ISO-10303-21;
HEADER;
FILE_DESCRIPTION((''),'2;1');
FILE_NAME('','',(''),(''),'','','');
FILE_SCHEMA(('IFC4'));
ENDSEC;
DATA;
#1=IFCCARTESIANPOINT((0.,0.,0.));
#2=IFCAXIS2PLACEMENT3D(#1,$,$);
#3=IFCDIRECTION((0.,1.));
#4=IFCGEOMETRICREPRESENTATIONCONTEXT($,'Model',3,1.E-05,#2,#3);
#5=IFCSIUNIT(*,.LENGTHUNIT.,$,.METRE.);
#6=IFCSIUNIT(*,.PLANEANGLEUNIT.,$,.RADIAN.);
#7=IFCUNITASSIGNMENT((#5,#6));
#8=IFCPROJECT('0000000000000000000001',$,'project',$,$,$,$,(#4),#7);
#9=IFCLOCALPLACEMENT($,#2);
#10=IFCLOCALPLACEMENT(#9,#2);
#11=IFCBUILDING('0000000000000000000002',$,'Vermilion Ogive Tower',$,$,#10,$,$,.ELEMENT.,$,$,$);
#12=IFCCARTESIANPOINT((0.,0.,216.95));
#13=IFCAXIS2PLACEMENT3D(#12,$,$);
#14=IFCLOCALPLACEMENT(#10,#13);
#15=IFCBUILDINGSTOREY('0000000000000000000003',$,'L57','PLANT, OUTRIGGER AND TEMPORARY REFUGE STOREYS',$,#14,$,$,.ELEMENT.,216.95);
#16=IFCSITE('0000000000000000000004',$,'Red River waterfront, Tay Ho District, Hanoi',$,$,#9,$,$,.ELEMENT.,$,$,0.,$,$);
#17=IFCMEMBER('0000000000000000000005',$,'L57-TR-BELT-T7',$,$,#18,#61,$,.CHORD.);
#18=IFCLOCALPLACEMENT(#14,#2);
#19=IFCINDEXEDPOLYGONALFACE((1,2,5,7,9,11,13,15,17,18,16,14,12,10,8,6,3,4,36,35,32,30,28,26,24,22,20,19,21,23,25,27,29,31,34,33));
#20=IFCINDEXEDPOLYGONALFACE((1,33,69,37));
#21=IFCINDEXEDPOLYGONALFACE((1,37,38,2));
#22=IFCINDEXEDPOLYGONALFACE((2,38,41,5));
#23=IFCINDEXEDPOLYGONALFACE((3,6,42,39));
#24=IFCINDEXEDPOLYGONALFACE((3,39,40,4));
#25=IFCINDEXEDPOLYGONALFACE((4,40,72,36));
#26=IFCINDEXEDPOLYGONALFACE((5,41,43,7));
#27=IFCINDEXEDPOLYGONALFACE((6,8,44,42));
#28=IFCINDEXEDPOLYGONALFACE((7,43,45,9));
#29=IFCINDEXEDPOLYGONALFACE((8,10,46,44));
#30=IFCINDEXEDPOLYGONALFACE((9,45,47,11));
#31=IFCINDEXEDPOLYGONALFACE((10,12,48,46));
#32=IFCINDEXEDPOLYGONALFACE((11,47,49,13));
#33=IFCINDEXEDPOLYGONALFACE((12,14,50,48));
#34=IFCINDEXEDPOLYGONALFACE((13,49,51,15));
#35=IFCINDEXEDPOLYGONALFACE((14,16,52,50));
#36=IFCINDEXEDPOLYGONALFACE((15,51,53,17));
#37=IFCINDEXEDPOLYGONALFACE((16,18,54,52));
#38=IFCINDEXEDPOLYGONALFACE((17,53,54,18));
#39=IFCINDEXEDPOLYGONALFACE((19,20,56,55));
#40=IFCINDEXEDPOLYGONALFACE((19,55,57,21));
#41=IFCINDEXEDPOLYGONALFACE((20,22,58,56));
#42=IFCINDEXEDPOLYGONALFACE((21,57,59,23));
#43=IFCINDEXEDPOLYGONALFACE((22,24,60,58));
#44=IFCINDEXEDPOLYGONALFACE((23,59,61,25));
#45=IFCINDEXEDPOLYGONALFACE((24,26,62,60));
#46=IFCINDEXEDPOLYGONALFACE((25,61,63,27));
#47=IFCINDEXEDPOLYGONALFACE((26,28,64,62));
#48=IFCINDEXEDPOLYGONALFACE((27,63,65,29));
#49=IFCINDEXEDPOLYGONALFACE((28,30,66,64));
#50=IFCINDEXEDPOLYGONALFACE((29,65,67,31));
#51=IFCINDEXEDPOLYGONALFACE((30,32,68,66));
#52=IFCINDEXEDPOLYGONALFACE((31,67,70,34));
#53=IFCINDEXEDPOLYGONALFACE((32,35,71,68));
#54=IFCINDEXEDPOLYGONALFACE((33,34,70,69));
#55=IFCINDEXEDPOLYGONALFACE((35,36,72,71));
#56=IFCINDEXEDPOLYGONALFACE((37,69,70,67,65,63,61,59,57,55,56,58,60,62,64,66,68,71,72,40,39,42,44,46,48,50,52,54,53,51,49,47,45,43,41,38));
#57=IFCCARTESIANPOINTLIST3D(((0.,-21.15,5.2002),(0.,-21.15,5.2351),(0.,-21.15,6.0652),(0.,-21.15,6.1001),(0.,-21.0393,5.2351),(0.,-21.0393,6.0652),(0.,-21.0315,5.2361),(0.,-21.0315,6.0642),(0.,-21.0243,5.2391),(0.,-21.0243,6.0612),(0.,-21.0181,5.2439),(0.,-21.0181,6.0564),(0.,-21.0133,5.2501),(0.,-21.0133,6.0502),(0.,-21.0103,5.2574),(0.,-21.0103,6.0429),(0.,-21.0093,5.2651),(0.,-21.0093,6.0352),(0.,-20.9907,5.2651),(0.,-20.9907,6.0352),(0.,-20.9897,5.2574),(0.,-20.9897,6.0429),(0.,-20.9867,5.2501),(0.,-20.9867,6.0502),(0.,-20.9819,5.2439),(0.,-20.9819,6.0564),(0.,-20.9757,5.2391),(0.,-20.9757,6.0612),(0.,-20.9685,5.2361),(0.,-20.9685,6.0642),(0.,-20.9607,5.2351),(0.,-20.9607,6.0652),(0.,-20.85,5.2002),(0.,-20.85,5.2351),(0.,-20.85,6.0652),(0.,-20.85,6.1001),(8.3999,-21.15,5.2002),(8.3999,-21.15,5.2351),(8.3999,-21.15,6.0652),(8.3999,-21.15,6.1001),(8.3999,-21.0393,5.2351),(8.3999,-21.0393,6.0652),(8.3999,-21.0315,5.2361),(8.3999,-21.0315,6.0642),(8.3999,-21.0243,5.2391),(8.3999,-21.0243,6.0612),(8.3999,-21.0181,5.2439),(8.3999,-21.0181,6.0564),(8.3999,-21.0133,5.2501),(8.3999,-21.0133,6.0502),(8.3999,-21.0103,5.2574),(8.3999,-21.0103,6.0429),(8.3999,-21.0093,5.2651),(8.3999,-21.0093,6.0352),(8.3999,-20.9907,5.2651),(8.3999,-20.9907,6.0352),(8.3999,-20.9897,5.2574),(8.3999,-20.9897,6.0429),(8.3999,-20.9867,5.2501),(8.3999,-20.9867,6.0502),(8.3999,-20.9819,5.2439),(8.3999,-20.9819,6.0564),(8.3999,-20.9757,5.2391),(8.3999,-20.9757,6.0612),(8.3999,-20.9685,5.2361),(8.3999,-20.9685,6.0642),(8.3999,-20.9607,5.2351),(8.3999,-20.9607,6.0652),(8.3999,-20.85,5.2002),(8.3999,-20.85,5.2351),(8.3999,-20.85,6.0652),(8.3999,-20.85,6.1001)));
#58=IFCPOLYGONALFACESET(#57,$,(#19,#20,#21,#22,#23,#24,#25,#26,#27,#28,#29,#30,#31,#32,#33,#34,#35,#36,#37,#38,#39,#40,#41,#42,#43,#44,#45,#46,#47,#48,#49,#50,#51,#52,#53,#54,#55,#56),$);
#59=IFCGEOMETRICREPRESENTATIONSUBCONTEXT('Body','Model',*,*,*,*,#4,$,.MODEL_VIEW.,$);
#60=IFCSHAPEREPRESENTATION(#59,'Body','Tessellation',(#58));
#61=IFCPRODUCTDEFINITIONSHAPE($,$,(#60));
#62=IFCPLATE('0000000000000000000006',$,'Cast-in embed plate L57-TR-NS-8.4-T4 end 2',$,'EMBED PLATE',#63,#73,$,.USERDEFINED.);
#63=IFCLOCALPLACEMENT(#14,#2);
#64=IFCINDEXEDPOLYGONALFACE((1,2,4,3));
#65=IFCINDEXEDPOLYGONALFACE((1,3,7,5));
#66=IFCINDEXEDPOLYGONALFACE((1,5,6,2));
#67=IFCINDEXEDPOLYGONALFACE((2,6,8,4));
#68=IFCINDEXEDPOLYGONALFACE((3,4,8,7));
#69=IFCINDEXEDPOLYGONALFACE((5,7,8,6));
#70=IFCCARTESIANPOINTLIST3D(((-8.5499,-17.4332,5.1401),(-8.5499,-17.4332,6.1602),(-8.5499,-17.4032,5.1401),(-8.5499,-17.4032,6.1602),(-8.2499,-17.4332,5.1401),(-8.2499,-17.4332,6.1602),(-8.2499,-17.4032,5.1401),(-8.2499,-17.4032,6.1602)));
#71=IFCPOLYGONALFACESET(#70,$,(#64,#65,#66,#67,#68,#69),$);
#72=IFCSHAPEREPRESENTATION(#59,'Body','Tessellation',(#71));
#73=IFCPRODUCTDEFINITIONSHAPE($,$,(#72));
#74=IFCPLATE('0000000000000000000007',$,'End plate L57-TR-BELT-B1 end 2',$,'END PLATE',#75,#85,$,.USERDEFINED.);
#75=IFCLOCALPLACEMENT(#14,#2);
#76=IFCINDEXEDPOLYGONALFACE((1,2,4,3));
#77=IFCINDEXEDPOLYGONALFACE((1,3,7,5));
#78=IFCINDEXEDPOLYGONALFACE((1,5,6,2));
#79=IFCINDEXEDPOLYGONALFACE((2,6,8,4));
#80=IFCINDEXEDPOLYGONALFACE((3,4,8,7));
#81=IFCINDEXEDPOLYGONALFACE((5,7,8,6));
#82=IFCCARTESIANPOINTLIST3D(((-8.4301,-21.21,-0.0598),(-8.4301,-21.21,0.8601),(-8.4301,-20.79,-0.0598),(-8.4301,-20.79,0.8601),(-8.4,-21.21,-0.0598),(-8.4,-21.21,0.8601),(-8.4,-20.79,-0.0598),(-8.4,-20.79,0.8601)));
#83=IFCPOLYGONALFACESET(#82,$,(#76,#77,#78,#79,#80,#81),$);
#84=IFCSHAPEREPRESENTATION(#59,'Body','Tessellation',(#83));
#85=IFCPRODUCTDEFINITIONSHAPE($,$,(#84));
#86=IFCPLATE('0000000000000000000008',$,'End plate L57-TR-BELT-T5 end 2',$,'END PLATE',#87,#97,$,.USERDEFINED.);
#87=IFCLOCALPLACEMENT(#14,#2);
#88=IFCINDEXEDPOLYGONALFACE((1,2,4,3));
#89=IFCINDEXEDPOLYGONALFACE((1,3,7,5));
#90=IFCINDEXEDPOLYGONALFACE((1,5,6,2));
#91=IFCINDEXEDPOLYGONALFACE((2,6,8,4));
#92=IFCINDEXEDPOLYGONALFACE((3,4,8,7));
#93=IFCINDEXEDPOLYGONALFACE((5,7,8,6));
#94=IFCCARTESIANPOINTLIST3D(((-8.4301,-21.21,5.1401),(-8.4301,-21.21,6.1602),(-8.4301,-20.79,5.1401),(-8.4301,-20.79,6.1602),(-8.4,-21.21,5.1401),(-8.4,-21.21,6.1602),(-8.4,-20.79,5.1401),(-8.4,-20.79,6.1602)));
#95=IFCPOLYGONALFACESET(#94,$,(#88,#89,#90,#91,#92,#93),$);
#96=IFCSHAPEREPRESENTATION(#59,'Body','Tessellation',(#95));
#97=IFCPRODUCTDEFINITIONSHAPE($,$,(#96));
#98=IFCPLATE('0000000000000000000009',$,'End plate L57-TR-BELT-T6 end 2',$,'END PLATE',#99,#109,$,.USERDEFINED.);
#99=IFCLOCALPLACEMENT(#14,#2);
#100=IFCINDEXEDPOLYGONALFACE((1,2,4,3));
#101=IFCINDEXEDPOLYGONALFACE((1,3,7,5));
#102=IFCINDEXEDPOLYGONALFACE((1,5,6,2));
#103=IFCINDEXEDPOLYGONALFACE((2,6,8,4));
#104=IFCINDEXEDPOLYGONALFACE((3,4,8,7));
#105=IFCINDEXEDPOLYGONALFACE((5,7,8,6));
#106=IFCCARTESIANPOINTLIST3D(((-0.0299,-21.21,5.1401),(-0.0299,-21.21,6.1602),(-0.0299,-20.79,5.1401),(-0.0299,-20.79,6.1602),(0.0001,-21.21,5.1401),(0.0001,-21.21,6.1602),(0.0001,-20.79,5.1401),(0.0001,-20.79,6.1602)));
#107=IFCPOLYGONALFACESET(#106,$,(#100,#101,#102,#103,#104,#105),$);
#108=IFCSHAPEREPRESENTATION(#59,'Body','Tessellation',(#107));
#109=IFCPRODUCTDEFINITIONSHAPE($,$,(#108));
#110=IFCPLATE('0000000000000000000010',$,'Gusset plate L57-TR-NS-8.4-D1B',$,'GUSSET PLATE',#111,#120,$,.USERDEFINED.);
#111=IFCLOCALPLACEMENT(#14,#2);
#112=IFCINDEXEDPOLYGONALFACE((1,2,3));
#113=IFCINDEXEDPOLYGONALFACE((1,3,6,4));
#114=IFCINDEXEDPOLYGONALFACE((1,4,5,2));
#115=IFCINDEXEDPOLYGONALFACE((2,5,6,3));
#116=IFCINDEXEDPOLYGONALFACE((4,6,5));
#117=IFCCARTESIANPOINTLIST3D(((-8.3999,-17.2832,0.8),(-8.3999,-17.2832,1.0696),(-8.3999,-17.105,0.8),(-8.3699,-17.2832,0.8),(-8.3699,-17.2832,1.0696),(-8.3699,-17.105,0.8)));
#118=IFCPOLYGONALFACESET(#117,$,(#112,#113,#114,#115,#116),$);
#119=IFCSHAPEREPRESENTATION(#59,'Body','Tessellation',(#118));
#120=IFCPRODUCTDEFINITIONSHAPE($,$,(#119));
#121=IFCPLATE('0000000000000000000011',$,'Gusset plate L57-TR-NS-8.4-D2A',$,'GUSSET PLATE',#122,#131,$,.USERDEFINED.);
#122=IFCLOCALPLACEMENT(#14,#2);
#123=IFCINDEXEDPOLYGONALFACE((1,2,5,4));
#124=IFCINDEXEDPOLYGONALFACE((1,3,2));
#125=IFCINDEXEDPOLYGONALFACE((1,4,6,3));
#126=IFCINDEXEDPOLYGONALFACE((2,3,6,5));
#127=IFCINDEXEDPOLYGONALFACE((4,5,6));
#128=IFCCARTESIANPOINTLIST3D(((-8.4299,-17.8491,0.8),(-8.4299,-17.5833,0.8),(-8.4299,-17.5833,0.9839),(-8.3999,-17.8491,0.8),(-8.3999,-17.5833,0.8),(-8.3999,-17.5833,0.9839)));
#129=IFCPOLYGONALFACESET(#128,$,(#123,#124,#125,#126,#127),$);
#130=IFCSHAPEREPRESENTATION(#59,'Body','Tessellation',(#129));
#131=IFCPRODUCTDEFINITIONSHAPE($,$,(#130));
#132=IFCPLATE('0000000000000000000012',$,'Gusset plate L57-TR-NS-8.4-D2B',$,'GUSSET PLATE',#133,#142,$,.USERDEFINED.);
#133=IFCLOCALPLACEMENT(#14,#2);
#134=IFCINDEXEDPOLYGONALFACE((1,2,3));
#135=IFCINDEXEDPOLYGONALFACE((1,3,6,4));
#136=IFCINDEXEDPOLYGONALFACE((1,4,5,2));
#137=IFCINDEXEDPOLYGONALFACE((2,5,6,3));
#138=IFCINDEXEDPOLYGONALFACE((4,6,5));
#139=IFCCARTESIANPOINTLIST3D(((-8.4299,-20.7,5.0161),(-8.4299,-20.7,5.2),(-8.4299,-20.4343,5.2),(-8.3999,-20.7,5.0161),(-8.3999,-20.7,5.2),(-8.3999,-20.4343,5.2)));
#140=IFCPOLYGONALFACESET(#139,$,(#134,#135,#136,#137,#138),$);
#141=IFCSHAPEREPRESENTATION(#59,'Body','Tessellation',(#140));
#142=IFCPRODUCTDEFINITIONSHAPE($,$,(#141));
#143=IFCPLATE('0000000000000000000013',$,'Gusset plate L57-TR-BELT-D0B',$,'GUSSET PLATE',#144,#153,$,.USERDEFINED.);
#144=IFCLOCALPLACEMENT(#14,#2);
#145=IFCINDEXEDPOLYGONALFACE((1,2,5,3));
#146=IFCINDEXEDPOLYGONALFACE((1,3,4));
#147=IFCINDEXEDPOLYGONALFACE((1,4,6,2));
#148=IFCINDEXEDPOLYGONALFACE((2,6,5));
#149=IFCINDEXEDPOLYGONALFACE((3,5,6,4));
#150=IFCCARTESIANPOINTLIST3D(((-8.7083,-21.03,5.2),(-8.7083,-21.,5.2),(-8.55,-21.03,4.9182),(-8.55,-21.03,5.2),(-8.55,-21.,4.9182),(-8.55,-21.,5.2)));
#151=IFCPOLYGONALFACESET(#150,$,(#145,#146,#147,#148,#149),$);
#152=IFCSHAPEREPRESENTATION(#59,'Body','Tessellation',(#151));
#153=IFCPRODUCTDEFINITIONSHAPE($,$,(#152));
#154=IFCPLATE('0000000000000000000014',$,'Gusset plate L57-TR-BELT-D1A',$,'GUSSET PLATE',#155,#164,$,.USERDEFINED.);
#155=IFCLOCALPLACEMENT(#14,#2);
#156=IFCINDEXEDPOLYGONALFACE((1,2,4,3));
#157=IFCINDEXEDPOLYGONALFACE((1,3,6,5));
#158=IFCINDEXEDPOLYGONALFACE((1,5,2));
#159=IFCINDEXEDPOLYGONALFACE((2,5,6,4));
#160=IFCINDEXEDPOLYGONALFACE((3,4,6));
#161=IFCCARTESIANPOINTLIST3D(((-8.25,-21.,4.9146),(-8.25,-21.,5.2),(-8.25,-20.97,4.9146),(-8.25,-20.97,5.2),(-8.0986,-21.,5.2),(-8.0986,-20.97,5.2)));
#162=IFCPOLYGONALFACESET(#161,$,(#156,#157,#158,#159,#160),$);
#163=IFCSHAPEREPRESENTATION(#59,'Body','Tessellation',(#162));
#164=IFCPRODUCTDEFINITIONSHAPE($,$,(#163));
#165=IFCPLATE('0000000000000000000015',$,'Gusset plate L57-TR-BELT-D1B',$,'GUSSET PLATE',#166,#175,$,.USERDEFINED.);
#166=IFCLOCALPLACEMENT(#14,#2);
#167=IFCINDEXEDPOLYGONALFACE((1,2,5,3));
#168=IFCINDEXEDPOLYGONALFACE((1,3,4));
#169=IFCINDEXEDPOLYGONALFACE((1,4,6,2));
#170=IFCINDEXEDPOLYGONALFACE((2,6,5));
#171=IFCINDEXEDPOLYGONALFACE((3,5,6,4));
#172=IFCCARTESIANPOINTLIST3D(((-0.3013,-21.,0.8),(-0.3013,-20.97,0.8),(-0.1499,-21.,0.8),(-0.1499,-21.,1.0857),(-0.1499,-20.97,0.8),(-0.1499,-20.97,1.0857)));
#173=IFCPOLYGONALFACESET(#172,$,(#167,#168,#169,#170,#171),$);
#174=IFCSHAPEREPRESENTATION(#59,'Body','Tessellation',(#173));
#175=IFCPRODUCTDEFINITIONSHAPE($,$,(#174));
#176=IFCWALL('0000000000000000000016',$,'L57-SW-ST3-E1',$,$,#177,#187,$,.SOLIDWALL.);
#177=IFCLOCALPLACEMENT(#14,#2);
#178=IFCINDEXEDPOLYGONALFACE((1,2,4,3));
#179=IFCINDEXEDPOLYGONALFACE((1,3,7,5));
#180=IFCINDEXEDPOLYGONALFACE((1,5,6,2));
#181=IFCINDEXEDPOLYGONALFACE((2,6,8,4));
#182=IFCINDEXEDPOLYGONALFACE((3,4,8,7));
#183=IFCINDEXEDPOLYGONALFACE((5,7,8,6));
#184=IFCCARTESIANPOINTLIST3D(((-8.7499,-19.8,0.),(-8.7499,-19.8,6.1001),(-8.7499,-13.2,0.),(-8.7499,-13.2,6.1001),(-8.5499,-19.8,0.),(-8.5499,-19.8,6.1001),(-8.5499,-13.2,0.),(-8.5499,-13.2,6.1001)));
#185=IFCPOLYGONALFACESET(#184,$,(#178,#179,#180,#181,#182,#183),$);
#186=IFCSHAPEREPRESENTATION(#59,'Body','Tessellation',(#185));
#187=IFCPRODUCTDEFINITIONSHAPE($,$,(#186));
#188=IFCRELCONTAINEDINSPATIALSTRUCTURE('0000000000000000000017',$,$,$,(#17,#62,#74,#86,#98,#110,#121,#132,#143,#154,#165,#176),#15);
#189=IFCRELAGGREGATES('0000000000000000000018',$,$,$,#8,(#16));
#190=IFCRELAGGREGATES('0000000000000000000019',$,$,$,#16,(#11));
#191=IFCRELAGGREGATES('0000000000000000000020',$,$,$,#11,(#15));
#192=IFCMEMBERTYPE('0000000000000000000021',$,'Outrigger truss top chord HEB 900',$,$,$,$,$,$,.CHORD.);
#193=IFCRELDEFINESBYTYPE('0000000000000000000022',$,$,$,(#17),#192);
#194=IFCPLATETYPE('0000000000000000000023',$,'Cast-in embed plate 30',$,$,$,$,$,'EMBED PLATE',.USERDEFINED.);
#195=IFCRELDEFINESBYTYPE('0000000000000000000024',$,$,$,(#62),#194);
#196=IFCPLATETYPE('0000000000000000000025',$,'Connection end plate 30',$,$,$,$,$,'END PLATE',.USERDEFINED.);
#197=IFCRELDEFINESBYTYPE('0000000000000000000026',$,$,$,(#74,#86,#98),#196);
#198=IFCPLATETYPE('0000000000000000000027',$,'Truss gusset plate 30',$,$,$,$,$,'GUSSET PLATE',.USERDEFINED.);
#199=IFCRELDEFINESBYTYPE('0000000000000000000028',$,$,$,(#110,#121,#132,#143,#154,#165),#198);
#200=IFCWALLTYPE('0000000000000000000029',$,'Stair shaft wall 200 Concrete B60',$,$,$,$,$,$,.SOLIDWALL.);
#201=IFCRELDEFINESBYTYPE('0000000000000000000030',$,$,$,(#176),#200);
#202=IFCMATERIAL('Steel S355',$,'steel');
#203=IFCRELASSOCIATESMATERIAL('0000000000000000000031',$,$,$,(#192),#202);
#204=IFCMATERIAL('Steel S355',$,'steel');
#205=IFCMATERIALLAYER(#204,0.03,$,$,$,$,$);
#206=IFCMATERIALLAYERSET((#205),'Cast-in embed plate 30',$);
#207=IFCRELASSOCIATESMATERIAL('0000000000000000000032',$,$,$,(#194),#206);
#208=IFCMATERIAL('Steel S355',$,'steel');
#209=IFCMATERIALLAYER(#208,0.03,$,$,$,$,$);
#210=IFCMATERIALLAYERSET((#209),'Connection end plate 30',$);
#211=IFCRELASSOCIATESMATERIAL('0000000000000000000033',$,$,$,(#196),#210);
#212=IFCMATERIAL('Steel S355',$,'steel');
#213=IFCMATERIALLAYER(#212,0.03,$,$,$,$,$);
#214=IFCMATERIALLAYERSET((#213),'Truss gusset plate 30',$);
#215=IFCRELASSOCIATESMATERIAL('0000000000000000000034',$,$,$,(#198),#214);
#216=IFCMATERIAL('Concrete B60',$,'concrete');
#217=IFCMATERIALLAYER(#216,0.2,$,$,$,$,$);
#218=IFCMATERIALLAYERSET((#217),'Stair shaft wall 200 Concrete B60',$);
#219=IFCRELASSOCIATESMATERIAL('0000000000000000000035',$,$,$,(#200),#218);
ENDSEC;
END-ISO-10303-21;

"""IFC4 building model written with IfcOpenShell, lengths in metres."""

from ifc_helpers import new_model, si_unit, direction, frame, frame_2d, origin, origin_2d, place, context, subcontext, project, spatial, polyline, rectangle, i_section, outline, extrude, material, layer, layer_set, material_profile, profile_set, type_object, element, save


model = new_model("IFC4")

# Units and contexts
model_context = context("Model", 3, precision=1e-05, world=origin(), true_north=direction((0.0, 1.0)))
body_context = subcontext(model_context, "Body", "Model", "MODEL_VIEW")
ifc_project = project(units=[si_unit("LENGTHUNIT", "METRE"), si_unit("PLANEANGLEUNIT", "RADIAN")], contexts=[model_context])

# Site, building, storey
site_placement = place(None, origin())
site = spatial("IfcSite", under=ifc_project, at=site_placement, Name="Red River waterfront, Tay Ho District, Hanoi", CompositionType="ELEMENT", RefElevation=0.0)
building_placement = place(site_placement, origin())
building = spatial("IfcBuilding", under=site, at=building_placement, Name="Vermilion Ogive Tower", CompositionType="ELEMENT")
storey_placement = place(building_placement, frame((0.0, 0.0, 216.95)))
storey = spatial("IfcBuildingStorey", under=building, at=storey_placement, Name="L57", Description="PLANT, OUTRIGGER AND TEMPORARY REFUGE STOREYS", CompositionType="ELEMENT", Elevation=216.95)

# Member
ifc_material_1 = material(Name="Steel S355", Category="steel")
ifc_material_profile_1 = material_profile(ifc_material_1, i_section(OverallWidth=0.3, OverallDepth=0.8999, WebThickness=0.0186, FlangeThickness=0.0349, FilletRadius=0.03, at=origin_2d()), Name="HEB 900")
ifc_profile_set_1 = profile_set([ifc_material_profile_1], Name="Steel S355")
member_type_1 = type_object("IfcMemberType", Name="Outrigger truss top chord HEB 900", PredefinedType="CHORD", material=ifc_profile_set_1)
for number, where, z_axis, x_axis, name in (
    (1, (0.0, -21.0, 5.6501), (1.0, 0.0, 0.0), (0.0, 1.0, 0.0), "L57-TR-BELT-T7"),
):
    element("IfcMember", number, at=place(storey_placement, frame(where, z_axis=z_axis, x_axis=x_axis)), inside=storey, type_object=member_type_1, Name=name, PredefinedType="CHORD", context=body_context, shape_type="SweptSolid", body=[
        extrude(i_section(OverallWidth=0.3, OverallDepth=0.8999, WebThickness=0.0186, FlangeThickness=0.0349, FilletRadius=0.03, at=origin_2d()), origin(), (0.0, 0.0, 1.0), 8.3999),
    ])

# Plates
ifc_material_2 = material(Name="Steel S355", Category="steel")
ifc_layer_1 = layer(ifc_material_2, 0.03)
ifc_layer_set_1 = layer_set([ifc_layer_1], Name="Cast-in embed plate 30")
plate_type_1 = type_object("IfcPlateType", Name="Cast-in embed plate 30", ElementType="EMBED PLATE", PredefinedType="USERDEFINED", material=ifc_layer_set_1)
plate_1_placement = place(storey_placement, frame((-8.3999, -17.4182, 5.1401), z_axis=(0.0, 0.0, 1.0), x_axis=(1.0, 0.0, 0.0)))
element("IfcPlate", 2, at=plate_1_placement, inside=storey, type_object=plate_type_1, Name="Cast-in embed plate L57-TR-NS-8.4-T4 end 2", ObjectType="EMBED PLATE", PredefinedType="USERDEFINED", context=body_context, shape_type="SweptSolid", body=[
    extrude(rectangle(XDim=0.3, YDim=0.03, at=origin_2d()), origin(), (0.0, 0.0, 1.0), 1.02),
])
ifc_material_3 = material(Name="Steel S355", Category="steel")
ifc_layer_2 = layer(ifc_material_3, 0.03)
ifc_layer_set_2 = layer_set([ifc_layer_2], Name="Connection end plate 30")
plate_type_2 = type_object("IfcPlateType", Name="Connection end plate 30", ElementType="END PLATE", PredefinedType="USERDEFINED", material=ifc_layer_set_2)
plate_2_placement = place(storey_placement, frame((-8.415, -21.0, -0.0598), z_axis=(0.0, 0.0, 1.0), x_axis=(1.0, 0.0, 0.0)))
element("IfcPlate", 3, at=plate_2_placement, inside=storey, type_object=plate_type_2, Name="End plate L57-TR-BELT-B1 end 2", ObjectType="END PLATE", PredefinedType="USERDEFINED", context=body_context, shape_type="SweptSolid", body=[
    extrude(rectangle(XDim=0.03, YDim=0.4199, at=origin_2d()), origin(), (0.0, 0.0, 1.0), 0.9199),
])
for number, where, z_axis, x_axis, name in (
    (4, (-8.415, -21.0, 5.1401), (0.0, 0.0, 1.0), (1.0, 0.0, 0.0), "End plate L57-TR-BELT-T5 end 2"),
    (5, (-0.0149, -21.0, 5.1401), (0.0, 0.0, 1.0), (1.0, 0.0, 0.0), "End plate L57-TR-BELT-T6 end 2"),
):
    element("IfcPlate", number, at=place(storey_placement, frame(where, z_axis=z_axis, x_axis=x_axis)), inside=storey, type_object=plate_type_2, Name=name, ObjectType="END PLATE", PredefinedType="USERDEFINED", context=body_context, shape_type="SweptSolid", body=[
        extrude(rectangle(XDim=0.03, YDim=0.4199, at=origin_2d()), origin(), (0.0, 0.0, 1.0), 1.02),
    ])
ifc_material_4 = material(Name="Steel S355", Category="steel")
ifc_layer_3 = layer(ifc_material_4, 0.03)
ifc_layer_set_3 = layer_set([ifc_layer_3], Name="Truss gusset plate 30")
plate_type_3 = type_object("IfcPlateType", Name="Truss gusset plate 30", ElementType="GUSSET PLATE", PredefinedType="USERDEFINED", material=ifc_layer_set_3)
plate_3_placement = place(storey_placement, frame((-8.3999, -17.2832, 1.0696), z_axis=(-1.0, 0.0, 0.0), x_axis=(0.0, 0.551558, -0.834137)))
element("IfcPlate", 6, at=plate_3_placement, inside=storey, type_object=plate_type_3, Name="Gusset plate L57-TR-NS-8.4-D1B", ObjectType="GUSSET PLATE", PredefinedType="USERDEFINED", context=body_context, shape_type="SweptSolid", body=[
    extrude(outline(polyline([(0.0, 0.0), (0.3231, 0.0), (0.2248, 0.1487), (0.0, 0.0)])), origin(), (0.0, 0.0, -1.0), 0.03),
])
plate_4_placement = place(storey_placement, frame((-8.3999, -17.5833, 0.9839), z_axis=(1.0, 0.0, 0.0), x_axis=(0.0, -0.822518, -0.568739)))
element("IfcPlate", 7, at=plate_4_placement, inside=storey, type_object=plate_type_3, Name="Gusset plate L57-TR-NS-8.4-D2A", ObjectType="GUSSET PLATE", PredefinedType="USERDEFINED", context=body_context, shape_type="SweptSolid", body=[
    extrude(outline(polyline([(0.0, 0.0), (0.3232, 0.0), (0.1046, 0.1512), (0.0, 0.0)])), origin(), (0.0, 0.0, -1.0), 0.03),
])
plate_5_placement = place(storey_placement, frame((-8.3999, -20.7, 5.0161), z_axis=(1.0, 0.0, 0.0), x_axis=(0.0, 0.822274, 0.569092)))
element("IfcPlate", 8, at=plate_5_placement, inside=storey, type_object=plate_type_3, Name="Gusset plate L57-TR-NS-8.4-D2B", ObjectType="GUSSET PLATE", PredefinedType="USERDEFINED", context=body_context, shape_type="SweptSolid", body=[
    extrude(outline(polyline([(0.0, 0.0), (0.323, 0.0), (0.1046, 0.1512), (0.0, 0.0)])), origin(), (0.0, 0.0, -1.0), 0.03),
])
plate_6_placement = place(storey_placement, frame((-8.55, -21.0, 4.9182), z_axis=(0.0, 1.0, 0.0), x_axis=(-0.489615, 0.0, 0.871939)))
element("IfcPlate", 9, at=plate_6_placement, inside=storey, type_object=plate_type_3, Name="Gusset plate L57-TR-BELT-D0B", ObjectType="GUSSET PLATE", PredefinedType="USERDEFINED", context=body_context, shape_type="SweptSolid", body=[
    extrude(outline(polyline([(0.0, 0.0), (0.3231, 0.0), (0.2457, 0.1379), (0.0, 0.0)])), origin(), (0.0, 0.0, -1.0), 0.03),
])
plate_7_placement = place(storey_placement, frame((-8.25, -21.0, 4.9146), z_axis=(0.0, -1.0, 0.0), x_axis=(0.468547, 0.0, 0.883438)))
element("IfcPlate", 10, at=plate_7_placement, inside=storey, type_object=plate_type_3, Name="Gusset plate L57-TR-BELT-D1A", ObjectType="GUSSET PLATE", PredefinedType="USERDEFINED", context=body_context, shape_type="SweptSolid", body=[
    extrude(outline(polyline([(0.0, 0.0), (0.3231, 0.0), (0.2521, 0.1337), (0.0, 0.0)])), origin(), (0.0, 0.0, -1.0), 0.03),
])
plate_8_placement = place(storey_placement, frame((-0.1499, -21.0, 1.0857), z_axis=(0.0, -1.0, 0.0), x_axis=(-0.468235, 0.0, -0.883604)))
element("IfcPlate", 11, at=plate_8_placement, inside=storey, type_object=plate_type_3, Name="Gusset plate L57-TR-BELT-D1B", ObjectType="GUSSET PLATE", PredefinedType="USERDEFINED", context=body_context, shape_type="SweptSolid", body=[
    extrude(outline(polyline([(0.0, 0.0), (0.3233, 0.0), (0.2524, 0.1337), (0.0, 0.0)])), origin(), (0.0, 0.0, -1.0), 0.03),
])

# Wall
ifc_material_5 = material(Name="Concrete B60", Category="concrete")
ifc_layer_4 = layer(ifc_material_5, 0.2)
ifc_layer_set_4 = layer_set([ifc_layer_4], Name="Stair shaft wall 200 Concrete B60")
wall_type = type_object("IfcWallType", Name="Stair shaft wall 200 Concrete B60", PredefinedType="SOLIDWALL", material=ifc_layer_set_4)
wall_1_placement = place(storey_placement, frame((-8.6499, -19.8, 0.0), z_axis=(0.0, 0.0, 1.0), x_axis=(0.0, 1.0, 0.0)))
element("IfcWall", 12, at=wall_1_placement, inside=storey, type_object=wall_type, Name="L57-SW-ST3-E1", PredefinedType="SOLIDWALL", context=body_context, shape_type="SweptSolid", body=[
    extrude(rectangle(XDim=6.6001, YDim=0.2, at=frame_2d((3.3, 0.0))), origin(), (0.0, 0.0, 1.0), 6.1001),
])

save(model, "model.ifc")
